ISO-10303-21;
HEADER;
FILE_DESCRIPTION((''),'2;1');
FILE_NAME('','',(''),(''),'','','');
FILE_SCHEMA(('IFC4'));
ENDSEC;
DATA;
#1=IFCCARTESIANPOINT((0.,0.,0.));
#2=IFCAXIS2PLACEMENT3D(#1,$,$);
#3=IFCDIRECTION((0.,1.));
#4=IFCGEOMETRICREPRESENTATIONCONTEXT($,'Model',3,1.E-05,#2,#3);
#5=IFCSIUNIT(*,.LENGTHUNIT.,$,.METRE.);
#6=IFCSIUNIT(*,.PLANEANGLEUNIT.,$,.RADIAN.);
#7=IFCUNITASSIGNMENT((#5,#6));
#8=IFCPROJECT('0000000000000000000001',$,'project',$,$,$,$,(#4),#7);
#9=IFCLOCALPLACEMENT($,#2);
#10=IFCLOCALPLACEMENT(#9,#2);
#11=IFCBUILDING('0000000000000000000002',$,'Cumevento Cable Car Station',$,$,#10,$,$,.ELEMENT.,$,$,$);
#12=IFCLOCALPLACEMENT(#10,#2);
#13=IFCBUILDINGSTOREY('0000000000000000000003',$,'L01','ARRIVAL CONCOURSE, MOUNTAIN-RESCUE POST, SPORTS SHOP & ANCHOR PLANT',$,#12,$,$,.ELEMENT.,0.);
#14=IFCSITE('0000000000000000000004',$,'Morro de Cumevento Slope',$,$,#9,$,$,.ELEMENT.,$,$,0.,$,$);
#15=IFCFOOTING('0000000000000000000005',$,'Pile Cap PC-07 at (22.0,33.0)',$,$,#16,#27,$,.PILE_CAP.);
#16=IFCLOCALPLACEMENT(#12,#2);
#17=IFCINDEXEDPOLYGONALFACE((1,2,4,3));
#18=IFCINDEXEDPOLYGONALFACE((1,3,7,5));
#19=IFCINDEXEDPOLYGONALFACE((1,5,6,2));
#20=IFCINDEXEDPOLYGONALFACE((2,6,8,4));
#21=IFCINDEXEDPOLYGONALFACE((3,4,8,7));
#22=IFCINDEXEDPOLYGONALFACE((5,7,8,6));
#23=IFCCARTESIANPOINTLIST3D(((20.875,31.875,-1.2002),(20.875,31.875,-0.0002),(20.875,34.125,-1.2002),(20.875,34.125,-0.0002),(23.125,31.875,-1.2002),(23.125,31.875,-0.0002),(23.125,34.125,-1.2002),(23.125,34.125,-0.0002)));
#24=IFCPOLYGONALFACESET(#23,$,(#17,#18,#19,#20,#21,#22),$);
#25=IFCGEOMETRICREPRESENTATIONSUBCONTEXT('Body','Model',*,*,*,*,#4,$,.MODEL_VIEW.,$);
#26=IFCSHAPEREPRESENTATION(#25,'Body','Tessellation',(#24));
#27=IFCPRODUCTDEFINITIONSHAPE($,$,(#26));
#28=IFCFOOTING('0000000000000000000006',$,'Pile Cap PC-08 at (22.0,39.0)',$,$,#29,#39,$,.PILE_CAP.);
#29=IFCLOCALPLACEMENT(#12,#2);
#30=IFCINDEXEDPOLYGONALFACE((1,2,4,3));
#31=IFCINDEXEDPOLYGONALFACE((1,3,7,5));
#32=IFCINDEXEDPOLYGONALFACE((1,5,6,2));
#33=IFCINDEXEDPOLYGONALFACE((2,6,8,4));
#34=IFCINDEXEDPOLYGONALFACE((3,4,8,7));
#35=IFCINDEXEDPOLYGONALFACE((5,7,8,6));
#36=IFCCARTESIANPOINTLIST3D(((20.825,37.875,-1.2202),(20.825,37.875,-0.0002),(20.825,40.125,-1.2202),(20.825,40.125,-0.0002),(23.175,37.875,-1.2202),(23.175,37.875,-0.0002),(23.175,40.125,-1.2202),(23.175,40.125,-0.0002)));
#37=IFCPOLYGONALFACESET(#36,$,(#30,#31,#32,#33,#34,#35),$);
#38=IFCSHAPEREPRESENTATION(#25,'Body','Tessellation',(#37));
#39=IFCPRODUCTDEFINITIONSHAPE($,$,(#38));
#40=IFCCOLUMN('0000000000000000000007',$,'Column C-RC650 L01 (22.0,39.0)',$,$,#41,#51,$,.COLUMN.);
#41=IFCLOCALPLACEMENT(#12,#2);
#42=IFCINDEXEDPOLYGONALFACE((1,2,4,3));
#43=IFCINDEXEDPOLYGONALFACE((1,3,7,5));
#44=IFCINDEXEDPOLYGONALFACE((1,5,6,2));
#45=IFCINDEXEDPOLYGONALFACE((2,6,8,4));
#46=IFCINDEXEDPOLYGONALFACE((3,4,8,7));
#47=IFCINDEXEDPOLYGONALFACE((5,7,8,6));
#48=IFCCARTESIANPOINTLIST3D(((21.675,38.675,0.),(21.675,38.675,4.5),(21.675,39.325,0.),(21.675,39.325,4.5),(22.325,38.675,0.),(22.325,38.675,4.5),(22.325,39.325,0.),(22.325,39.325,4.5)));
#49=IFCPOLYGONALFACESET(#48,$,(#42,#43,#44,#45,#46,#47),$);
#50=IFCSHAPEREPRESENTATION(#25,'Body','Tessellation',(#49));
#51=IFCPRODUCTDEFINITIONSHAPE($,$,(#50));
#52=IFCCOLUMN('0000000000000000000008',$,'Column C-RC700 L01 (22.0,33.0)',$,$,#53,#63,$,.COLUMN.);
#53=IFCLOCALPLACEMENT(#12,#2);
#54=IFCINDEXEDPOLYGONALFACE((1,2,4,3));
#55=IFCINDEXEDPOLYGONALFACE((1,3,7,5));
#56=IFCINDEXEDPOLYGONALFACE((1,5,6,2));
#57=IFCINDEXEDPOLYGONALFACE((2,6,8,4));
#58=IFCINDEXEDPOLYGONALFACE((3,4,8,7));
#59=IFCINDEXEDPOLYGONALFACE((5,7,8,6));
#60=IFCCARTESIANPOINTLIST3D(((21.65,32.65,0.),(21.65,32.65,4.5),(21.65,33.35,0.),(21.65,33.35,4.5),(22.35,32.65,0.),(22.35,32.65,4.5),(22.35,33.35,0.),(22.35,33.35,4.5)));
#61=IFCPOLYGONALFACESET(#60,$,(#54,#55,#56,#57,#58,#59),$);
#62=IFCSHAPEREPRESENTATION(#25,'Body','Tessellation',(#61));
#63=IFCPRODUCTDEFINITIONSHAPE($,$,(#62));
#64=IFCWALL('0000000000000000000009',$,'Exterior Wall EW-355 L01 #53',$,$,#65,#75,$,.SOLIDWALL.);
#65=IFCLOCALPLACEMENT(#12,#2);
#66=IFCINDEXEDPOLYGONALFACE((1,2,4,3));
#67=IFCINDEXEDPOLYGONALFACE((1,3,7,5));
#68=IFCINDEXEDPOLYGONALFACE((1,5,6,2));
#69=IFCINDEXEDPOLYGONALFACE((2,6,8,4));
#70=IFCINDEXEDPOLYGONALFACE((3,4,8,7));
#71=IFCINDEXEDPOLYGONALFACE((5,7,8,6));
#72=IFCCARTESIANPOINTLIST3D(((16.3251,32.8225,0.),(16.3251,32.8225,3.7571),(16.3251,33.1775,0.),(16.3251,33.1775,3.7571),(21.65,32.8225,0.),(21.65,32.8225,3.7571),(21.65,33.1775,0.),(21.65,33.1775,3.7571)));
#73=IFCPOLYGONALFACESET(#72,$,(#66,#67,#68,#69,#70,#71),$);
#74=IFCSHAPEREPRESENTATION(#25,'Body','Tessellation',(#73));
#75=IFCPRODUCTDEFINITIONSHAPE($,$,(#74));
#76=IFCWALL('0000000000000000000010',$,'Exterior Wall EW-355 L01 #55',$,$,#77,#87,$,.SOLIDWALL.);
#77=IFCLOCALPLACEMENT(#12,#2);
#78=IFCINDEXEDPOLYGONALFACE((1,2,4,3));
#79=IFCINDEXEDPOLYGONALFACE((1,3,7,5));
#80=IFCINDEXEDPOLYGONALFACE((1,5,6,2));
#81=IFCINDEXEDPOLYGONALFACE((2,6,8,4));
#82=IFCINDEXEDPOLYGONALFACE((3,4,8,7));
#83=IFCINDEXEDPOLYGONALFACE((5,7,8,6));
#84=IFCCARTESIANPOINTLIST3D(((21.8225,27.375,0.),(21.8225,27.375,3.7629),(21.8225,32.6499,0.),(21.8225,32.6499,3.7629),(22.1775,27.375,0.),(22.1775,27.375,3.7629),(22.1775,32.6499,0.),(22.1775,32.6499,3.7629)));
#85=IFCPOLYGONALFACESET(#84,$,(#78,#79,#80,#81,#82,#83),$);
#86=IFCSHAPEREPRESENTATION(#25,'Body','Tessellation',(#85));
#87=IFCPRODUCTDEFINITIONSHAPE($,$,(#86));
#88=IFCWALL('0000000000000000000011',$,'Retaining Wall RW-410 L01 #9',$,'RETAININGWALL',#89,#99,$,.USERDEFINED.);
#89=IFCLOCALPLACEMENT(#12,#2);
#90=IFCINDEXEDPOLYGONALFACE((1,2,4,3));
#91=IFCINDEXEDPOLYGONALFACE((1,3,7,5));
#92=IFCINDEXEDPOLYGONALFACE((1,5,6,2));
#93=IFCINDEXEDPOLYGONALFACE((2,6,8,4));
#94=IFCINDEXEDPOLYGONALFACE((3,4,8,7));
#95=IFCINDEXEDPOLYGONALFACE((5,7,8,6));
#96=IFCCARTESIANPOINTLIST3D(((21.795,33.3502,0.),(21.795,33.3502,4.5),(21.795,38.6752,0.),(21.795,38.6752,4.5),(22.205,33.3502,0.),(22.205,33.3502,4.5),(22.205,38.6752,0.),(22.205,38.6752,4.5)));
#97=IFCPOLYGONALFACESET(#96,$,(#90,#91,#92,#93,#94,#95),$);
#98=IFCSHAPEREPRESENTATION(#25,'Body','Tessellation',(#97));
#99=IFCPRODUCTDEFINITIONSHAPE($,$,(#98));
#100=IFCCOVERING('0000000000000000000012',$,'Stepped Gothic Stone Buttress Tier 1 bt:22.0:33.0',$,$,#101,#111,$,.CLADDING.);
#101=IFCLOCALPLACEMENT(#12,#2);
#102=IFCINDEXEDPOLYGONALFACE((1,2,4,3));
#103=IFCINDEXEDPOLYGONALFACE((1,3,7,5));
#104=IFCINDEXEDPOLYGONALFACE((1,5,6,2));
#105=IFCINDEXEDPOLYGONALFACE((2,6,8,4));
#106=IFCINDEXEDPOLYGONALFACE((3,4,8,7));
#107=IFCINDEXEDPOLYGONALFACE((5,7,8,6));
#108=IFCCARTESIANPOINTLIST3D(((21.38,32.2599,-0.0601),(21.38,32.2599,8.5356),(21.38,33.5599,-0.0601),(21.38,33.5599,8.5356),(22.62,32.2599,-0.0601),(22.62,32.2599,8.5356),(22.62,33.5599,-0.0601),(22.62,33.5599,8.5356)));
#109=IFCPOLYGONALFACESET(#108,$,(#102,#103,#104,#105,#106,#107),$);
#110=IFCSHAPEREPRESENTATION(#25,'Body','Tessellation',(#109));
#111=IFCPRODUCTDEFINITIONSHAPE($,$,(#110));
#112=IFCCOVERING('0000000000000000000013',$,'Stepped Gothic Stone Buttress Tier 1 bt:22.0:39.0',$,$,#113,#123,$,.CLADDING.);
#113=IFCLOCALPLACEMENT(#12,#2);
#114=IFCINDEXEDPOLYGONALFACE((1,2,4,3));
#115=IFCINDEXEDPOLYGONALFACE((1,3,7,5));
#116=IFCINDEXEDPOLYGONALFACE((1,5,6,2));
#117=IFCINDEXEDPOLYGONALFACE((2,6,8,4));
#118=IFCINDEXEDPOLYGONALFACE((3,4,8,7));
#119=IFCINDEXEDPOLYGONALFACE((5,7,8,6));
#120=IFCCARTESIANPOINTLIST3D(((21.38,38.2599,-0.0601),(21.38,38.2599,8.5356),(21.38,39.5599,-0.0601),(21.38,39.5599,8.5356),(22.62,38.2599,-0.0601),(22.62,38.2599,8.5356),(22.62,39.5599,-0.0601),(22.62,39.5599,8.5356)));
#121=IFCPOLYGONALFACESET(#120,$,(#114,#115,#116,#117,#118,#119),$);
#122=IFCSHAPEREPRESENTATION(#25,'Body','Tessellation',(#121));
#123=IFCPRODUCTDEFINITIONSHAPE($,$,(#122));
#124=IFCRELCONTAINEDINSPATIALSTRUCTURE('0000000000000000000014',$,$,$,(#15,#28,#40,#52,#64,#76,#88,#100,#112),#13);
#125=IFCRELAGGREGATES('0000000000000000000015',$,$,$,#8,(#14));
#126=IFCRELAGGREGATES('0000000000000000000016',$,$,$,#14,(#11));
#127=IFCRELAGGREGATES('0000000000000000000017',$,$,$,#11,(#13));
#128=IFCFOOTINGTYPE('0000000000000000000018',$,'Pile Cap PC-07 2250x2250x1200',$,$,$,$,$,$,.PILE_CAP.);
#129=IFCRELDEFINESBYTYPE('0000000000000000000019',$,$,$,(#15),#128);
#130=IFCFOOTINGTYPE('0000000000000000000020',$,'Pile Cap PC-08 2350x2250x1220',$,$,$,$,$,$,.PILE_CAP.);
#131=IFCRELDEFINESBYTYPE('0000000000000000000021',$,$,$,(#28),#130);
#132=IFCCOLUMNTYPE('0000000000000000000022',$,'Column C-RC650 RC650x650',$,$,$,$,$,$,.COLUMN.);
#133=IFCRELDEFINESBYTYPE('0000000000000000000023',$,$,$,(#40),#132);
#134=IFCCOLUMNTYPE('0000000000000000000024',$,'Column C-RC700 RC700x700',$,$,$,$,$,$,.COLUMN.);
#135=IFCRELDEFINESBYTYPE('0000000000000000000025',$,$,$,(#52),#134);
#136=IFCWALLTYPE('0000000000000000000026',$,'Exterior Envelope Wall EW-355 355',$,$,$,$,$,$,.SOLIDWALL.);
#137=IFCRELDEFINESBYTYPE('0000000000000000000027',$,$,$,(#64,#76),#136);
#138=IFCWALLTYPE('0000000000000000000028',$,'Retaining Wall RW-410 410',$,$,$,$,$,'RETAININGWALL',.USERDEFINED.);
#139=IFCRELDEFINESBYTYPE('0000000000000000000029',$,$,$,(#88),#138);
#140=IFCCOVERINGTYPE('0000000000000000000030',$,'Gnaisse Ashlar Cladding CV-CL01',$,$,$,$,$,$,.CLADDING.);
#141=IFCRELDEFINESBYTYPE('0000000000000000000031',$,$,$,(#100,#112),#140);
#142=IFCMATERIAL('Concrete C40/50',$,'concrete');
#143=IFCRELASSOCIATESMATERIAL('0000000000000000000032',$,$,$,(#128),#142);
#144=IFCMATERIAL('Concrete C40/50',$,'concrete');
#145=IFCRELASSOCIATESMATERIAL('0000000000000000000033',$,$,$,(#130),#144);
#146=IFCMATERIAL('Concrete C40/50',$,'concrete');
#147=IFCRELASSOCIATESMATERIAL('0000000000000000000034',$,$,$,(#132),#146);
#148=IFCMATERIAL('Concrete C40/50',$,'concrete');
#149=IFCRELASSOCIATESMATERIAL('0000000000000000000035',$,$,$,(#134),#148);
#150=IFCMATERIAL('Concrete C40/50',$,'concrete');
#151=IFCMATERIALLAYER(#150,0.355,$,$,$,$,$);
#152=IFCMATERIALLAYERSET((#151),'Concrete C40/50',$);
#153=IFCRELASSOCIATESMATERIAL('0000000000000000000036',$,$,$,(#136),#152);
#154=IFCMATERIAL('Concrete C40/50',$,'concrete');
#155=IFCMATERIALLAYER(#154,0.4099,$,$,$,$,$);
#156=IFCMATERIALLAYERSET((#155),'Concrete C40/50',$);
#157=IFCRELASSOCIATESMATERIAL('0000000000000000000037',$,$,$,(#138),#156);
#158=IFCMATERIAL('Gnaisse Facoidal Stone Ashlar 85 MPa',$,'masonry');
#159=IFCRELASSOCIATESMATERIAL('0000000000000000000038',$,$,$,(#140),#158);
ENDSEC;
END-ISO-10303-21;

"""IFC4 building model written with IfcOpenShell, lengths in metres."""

from ifc_helpers import new_model, si_unit, direction, frame, frame_2d, origin, origin_2d, place, context, subcontext, project, spatial, rectangle, extrude, material, layer, layer_set, material_profile, profile_set, type_object, element, save


model = new_model("IFC4")

# Units and contexts
model_context = context("Model", 3, precision=1e-05, world=origin(), true_north=direction((0.0, 1.0)))
body_context = subcontext(model_context, "Body", "Model", "MODEL_VIEW")
ifc_project = project(units=[si_unit("LENGTHUNIT", "METRE"), si_unit("PLANEANGLEUNIT", "RADIAN")], contexts=[model_context])

# Site, building, storey
site_placement = place(None, origin())
site = spatial("IfcSite", under=ifc_project, at=site_placement, Name="Morro de Cumevento Slope", CompositionType="ELEMENT", RefElevation=0.0)
building_placement = place(site_placement, origin())
building = spatial("IfcBuilding", under=site, at=building_placement, Name="Cumevento Cable Car Station", CompositionType="ELEMENT")
storey_placement = place(building_placement, origin())
storey = spatial("IfcBuildingStorey", under=building, at=storey_placement, Name="L01", Description="ARRIVAL CONCOURSE, MOUNTAIN-RESCUE POST, SPORTS SHOP & ANCHOR PLANT", CompositionType="ELEMENT", Elevation=0.0)

# Footings
ifc_material_1 = material(Name="Concrete C40/50", Category="concrete")
footing_type_1 = type_object("IfcFootingType", Name="Pile Cap PC-07 2250x2250x1200", PredefinedType="PILE_CAP", material=ifc_material_1)
footing_1_placement = place(storey_placement, frame((22.0, 33.0, -1.2002), z_axis=(0.0, 0.0, 1.0), x_axis=(1.0, 0.0, 0.0)))
element("IfcFooting", 1, at=footing_1_placement, inside=storey, type_object=footing_type_1, Name="Pile Cap PC-07 at (22.0,33.0)", PredefinedType="PILE_CAP", context=body_context, shape_type="SweptSolid", body=[
    extrude(rectangle(XDim=2.25, YDim=2.25, at=origin_2d()), origin(), (0.0, 0.0, 1.0), 1.2),
])
ifc_material_2 = material(Name="Concrete C40/50", Category="concrete")
footing_type_2 = type_object("IfcFootingType", Name="Pile Cap PC-08 2350x2250x1220", PredefinedType="PILE_CAP", material=ifc_material_2)
footing_2_placement = place(storey_placement, frame((22.0, 39.0, -1.2202), z_axis=(0.0, 0.0, 1.0), x_axis=(1.0, 0.0, 0.0)))
element("IfcFooting", 2, at=footing_2_placement, inside=storey, type_object=footing_type_2, Name="Pile Cap PC-08 at (22.0,39.0)", PredefinedType="PILE_CAP", context=body_context, shape_type="SweptSolid", body=[
    extrude(rectangle(XDim=2.3501, YDim=2.25, at=origin_2d()), origin(), (0.0, 0.0, 1.0), 1.22),
])

# Columns
ifc_material_3 = material(Name="Concrete C40/50", Category="concrete")
ifc_material_profile_1 = material_profile(ifc_material_3, rectangle(XDim=0.6499, YDim=0.6499, at=origin_2d()), Name="RC650x650")
ifc_profile_set_1 = profile_set([ifc_material_profile_1], Name="Concrete C40/50")
column_type_1 = type_object("IfcColumnType", Name="Column C-RC650 RC650x650", PredefinedType="COLUMN", material=ifc_profile_set_1)
column_1_placement = place(storey_placement, frame((22.0, 39.0, 0.0), z_axis=(0.0, 0.0, 1.0), x_axis=(1.0, 0.0, 0.0)))
element("IfcColumn", 3, at=column_1_placement, inside=storey, type_object=column_type_1, Name="Column C-RC650 L01 (22.0,39.0)", PredefinedType="COLUMN", context=body_context, shape_type="SweptSolid", body=[
    extrude(rectangle(XDim=0.6499, YDim=0.6499, at=origin_2d()), origin(), (0.0, 0.0, 1.0), 4.5),
])
ifc_material_4 = material(Name="Concrete C40/50", Category="concrete")
ifc_material_profile_2 = material_profile(ifc_material_4, rectangle(XDim=0.7, YDim=0.7, at=origin_2d()), Name="RC700x700")
ifc_profile_set_2 = profile_set([ifc_material_profile_2], Name="Concrete C40/50")
column_type_2 = type_object("IfcColumnType", Name="Column C-RC700 RC700x700", PredefinedType="COLUMN", material=ifc_profile_set_2)
column_2_placement = place(storey_placement, frame((22.0, 33.0, 0.0), z_axis=(0.0, 0.0, 1.0), x_axis=(1.0, 0.0, 0.0)))
element("IfcColumn", 4, at=column_2_placement, inside=storey, type_object=column_type_2, Name="Column C-RC700 L01 (22.0,33.0)", PredefinedType="COLUMN", context=body_context, shape_type="SweptSolid", body=[
    extrude(rectangle(XDim=0.7, YDim=0.7, at=origin_2d()), origin(), (0.0, 0.0, 1.0), 4.5),
])

# Walls
ifc_material_5 = material(Name="Concrete C40/50", Category="concrete")
ifc_layer_1 = layer(ifc_material_5, 0.355)
ifc_layer_set_1 = layer_set([ifc_layer_1], Name="Concrete C40/50")
wall_type_1 = type_object("IfcWallType", Name="Exterior Envelope Wall EW-355 355", PredefinedType="SOLIDWALL", material=ifc_layer_set_1)
wall_1_placement = place(storey_placement, frame((16.325, 33.0, 0.0), z_axis=(0.0, 0.0, 1.0), x_axis=(1.0, 0.0, 0.0)))
element("IfcWall", 5, at=wall_1_placement, inside=storey, type_object=wall_type_1, Name="Exterior Wall EW-355 L01 #53", PredefinedType="SOLIDWALL", context=body_context, shape_type="SweptSolid", body=[
    extrude(rectangle(XDim=5.325, YDim=0.355, at=frame_2d((2.6626, 0.0))), origin(), (0.0, 0.0, 1.0), 3.7571),
])
wall_2_placement = place(storey_placement, frame((22.0, 32.6499, 0.0), z_axis=(0.0, 0.0, 1.0), x_axis=(0.0, -1.0, 0.0)))
element("IfcWall", 6, at=wall_2_placement, inside=storey, type_object=wall_type_1, Name="Exterior Wall EW-355 L01 #55", PredefinedType="SOLIDWALL", context=body_context, shape_type="SweptSolid", body=[
    extrude(rectangle(XDim=5.2749, YDim=0.355, at=frame_2d((2.6375, 0.0))), origin(), (0.0, 0.0, 1.0), 3.7629),
])
ifc_material_6 = material(Name="Concrete C40/50", Category="concrete")
ifc_layer_2 = layer(ifc_material_6, 0.4099)
ifc_layer_set_2 = layer_set([ifc_layer_2], Name="Concrete C40/50")
wall_type_2 = type_object("IfcWallType", Name="Retaining Wall RW-410 410", ElementType="RETAININGWALL", PredefinedType="USERDEFINED", material=ifc_layer_set_2)
wall_3_placement = place(storey_placement, frame((22.0, 33.3501, 0.0), z_axis=(0.0, 0.0, 1.0), x_axis=(0.0, 1.0, 0.0)))
element("IfcWall", 7, at=wall_3_placement, inside=storey, type_object=wall_type_2, Name="Retaining Wall RW-410 L01 #9", ObjectType="RETAININGWALL", PredefinedType="USERDEFINED", context=body_context, shape_type="SweptSolid", body=[
    extrude(rectangle(XDim=5.325, YDim=0.4099, at=frame_2d((2.6626, 0.0))), origin(), (0.0, 0.0, 1.0), 4.5),
])

# Coverings
ifc_material_7 = material(Name="Gnaisse Facoidal Stone Ashlar 85 MPa", Category="masonry")
covering_type = type_object("IfcCoveringType", Name="Gnaisse Ashlar Cladding CV-CL01", PredefinedType="CLADDING", material=ifc_material_7)
for number, where, z_axis, x_axis, name in (
    (8, (22.0, 32.9099, -0.0601), (0.0, 0.0, 1.0), (1.0, 0.0, 0.0), "Stepped Gothic Stone Buttress Tier 1 bt:22.0:33.0"),
    (9, (22.0, 38.9099, -0.0601), (0.0, 0.0, 1.0), (1.0, 0.0, 0.0), "Stepped Gothic Stone Buttress Tier 1 bt:22.0:39.0"),
):
    element("IfcCovering", number, at=place(storey_placement, frame(where, z_axis=z_axis, x_axis=x_axis)), inside=storey, type_object=covering_type, Name=name, PredefinedType="CLADDING", context=body_context, shape_type="SweptSolid", body=[
        extrude(rectangle(XDim=1.24, YDim=1.3, at=origin_2d()), origin(), (0.0, 0.0, 1.0), 8.5957),
    ])

save(model, "model.ifc")
